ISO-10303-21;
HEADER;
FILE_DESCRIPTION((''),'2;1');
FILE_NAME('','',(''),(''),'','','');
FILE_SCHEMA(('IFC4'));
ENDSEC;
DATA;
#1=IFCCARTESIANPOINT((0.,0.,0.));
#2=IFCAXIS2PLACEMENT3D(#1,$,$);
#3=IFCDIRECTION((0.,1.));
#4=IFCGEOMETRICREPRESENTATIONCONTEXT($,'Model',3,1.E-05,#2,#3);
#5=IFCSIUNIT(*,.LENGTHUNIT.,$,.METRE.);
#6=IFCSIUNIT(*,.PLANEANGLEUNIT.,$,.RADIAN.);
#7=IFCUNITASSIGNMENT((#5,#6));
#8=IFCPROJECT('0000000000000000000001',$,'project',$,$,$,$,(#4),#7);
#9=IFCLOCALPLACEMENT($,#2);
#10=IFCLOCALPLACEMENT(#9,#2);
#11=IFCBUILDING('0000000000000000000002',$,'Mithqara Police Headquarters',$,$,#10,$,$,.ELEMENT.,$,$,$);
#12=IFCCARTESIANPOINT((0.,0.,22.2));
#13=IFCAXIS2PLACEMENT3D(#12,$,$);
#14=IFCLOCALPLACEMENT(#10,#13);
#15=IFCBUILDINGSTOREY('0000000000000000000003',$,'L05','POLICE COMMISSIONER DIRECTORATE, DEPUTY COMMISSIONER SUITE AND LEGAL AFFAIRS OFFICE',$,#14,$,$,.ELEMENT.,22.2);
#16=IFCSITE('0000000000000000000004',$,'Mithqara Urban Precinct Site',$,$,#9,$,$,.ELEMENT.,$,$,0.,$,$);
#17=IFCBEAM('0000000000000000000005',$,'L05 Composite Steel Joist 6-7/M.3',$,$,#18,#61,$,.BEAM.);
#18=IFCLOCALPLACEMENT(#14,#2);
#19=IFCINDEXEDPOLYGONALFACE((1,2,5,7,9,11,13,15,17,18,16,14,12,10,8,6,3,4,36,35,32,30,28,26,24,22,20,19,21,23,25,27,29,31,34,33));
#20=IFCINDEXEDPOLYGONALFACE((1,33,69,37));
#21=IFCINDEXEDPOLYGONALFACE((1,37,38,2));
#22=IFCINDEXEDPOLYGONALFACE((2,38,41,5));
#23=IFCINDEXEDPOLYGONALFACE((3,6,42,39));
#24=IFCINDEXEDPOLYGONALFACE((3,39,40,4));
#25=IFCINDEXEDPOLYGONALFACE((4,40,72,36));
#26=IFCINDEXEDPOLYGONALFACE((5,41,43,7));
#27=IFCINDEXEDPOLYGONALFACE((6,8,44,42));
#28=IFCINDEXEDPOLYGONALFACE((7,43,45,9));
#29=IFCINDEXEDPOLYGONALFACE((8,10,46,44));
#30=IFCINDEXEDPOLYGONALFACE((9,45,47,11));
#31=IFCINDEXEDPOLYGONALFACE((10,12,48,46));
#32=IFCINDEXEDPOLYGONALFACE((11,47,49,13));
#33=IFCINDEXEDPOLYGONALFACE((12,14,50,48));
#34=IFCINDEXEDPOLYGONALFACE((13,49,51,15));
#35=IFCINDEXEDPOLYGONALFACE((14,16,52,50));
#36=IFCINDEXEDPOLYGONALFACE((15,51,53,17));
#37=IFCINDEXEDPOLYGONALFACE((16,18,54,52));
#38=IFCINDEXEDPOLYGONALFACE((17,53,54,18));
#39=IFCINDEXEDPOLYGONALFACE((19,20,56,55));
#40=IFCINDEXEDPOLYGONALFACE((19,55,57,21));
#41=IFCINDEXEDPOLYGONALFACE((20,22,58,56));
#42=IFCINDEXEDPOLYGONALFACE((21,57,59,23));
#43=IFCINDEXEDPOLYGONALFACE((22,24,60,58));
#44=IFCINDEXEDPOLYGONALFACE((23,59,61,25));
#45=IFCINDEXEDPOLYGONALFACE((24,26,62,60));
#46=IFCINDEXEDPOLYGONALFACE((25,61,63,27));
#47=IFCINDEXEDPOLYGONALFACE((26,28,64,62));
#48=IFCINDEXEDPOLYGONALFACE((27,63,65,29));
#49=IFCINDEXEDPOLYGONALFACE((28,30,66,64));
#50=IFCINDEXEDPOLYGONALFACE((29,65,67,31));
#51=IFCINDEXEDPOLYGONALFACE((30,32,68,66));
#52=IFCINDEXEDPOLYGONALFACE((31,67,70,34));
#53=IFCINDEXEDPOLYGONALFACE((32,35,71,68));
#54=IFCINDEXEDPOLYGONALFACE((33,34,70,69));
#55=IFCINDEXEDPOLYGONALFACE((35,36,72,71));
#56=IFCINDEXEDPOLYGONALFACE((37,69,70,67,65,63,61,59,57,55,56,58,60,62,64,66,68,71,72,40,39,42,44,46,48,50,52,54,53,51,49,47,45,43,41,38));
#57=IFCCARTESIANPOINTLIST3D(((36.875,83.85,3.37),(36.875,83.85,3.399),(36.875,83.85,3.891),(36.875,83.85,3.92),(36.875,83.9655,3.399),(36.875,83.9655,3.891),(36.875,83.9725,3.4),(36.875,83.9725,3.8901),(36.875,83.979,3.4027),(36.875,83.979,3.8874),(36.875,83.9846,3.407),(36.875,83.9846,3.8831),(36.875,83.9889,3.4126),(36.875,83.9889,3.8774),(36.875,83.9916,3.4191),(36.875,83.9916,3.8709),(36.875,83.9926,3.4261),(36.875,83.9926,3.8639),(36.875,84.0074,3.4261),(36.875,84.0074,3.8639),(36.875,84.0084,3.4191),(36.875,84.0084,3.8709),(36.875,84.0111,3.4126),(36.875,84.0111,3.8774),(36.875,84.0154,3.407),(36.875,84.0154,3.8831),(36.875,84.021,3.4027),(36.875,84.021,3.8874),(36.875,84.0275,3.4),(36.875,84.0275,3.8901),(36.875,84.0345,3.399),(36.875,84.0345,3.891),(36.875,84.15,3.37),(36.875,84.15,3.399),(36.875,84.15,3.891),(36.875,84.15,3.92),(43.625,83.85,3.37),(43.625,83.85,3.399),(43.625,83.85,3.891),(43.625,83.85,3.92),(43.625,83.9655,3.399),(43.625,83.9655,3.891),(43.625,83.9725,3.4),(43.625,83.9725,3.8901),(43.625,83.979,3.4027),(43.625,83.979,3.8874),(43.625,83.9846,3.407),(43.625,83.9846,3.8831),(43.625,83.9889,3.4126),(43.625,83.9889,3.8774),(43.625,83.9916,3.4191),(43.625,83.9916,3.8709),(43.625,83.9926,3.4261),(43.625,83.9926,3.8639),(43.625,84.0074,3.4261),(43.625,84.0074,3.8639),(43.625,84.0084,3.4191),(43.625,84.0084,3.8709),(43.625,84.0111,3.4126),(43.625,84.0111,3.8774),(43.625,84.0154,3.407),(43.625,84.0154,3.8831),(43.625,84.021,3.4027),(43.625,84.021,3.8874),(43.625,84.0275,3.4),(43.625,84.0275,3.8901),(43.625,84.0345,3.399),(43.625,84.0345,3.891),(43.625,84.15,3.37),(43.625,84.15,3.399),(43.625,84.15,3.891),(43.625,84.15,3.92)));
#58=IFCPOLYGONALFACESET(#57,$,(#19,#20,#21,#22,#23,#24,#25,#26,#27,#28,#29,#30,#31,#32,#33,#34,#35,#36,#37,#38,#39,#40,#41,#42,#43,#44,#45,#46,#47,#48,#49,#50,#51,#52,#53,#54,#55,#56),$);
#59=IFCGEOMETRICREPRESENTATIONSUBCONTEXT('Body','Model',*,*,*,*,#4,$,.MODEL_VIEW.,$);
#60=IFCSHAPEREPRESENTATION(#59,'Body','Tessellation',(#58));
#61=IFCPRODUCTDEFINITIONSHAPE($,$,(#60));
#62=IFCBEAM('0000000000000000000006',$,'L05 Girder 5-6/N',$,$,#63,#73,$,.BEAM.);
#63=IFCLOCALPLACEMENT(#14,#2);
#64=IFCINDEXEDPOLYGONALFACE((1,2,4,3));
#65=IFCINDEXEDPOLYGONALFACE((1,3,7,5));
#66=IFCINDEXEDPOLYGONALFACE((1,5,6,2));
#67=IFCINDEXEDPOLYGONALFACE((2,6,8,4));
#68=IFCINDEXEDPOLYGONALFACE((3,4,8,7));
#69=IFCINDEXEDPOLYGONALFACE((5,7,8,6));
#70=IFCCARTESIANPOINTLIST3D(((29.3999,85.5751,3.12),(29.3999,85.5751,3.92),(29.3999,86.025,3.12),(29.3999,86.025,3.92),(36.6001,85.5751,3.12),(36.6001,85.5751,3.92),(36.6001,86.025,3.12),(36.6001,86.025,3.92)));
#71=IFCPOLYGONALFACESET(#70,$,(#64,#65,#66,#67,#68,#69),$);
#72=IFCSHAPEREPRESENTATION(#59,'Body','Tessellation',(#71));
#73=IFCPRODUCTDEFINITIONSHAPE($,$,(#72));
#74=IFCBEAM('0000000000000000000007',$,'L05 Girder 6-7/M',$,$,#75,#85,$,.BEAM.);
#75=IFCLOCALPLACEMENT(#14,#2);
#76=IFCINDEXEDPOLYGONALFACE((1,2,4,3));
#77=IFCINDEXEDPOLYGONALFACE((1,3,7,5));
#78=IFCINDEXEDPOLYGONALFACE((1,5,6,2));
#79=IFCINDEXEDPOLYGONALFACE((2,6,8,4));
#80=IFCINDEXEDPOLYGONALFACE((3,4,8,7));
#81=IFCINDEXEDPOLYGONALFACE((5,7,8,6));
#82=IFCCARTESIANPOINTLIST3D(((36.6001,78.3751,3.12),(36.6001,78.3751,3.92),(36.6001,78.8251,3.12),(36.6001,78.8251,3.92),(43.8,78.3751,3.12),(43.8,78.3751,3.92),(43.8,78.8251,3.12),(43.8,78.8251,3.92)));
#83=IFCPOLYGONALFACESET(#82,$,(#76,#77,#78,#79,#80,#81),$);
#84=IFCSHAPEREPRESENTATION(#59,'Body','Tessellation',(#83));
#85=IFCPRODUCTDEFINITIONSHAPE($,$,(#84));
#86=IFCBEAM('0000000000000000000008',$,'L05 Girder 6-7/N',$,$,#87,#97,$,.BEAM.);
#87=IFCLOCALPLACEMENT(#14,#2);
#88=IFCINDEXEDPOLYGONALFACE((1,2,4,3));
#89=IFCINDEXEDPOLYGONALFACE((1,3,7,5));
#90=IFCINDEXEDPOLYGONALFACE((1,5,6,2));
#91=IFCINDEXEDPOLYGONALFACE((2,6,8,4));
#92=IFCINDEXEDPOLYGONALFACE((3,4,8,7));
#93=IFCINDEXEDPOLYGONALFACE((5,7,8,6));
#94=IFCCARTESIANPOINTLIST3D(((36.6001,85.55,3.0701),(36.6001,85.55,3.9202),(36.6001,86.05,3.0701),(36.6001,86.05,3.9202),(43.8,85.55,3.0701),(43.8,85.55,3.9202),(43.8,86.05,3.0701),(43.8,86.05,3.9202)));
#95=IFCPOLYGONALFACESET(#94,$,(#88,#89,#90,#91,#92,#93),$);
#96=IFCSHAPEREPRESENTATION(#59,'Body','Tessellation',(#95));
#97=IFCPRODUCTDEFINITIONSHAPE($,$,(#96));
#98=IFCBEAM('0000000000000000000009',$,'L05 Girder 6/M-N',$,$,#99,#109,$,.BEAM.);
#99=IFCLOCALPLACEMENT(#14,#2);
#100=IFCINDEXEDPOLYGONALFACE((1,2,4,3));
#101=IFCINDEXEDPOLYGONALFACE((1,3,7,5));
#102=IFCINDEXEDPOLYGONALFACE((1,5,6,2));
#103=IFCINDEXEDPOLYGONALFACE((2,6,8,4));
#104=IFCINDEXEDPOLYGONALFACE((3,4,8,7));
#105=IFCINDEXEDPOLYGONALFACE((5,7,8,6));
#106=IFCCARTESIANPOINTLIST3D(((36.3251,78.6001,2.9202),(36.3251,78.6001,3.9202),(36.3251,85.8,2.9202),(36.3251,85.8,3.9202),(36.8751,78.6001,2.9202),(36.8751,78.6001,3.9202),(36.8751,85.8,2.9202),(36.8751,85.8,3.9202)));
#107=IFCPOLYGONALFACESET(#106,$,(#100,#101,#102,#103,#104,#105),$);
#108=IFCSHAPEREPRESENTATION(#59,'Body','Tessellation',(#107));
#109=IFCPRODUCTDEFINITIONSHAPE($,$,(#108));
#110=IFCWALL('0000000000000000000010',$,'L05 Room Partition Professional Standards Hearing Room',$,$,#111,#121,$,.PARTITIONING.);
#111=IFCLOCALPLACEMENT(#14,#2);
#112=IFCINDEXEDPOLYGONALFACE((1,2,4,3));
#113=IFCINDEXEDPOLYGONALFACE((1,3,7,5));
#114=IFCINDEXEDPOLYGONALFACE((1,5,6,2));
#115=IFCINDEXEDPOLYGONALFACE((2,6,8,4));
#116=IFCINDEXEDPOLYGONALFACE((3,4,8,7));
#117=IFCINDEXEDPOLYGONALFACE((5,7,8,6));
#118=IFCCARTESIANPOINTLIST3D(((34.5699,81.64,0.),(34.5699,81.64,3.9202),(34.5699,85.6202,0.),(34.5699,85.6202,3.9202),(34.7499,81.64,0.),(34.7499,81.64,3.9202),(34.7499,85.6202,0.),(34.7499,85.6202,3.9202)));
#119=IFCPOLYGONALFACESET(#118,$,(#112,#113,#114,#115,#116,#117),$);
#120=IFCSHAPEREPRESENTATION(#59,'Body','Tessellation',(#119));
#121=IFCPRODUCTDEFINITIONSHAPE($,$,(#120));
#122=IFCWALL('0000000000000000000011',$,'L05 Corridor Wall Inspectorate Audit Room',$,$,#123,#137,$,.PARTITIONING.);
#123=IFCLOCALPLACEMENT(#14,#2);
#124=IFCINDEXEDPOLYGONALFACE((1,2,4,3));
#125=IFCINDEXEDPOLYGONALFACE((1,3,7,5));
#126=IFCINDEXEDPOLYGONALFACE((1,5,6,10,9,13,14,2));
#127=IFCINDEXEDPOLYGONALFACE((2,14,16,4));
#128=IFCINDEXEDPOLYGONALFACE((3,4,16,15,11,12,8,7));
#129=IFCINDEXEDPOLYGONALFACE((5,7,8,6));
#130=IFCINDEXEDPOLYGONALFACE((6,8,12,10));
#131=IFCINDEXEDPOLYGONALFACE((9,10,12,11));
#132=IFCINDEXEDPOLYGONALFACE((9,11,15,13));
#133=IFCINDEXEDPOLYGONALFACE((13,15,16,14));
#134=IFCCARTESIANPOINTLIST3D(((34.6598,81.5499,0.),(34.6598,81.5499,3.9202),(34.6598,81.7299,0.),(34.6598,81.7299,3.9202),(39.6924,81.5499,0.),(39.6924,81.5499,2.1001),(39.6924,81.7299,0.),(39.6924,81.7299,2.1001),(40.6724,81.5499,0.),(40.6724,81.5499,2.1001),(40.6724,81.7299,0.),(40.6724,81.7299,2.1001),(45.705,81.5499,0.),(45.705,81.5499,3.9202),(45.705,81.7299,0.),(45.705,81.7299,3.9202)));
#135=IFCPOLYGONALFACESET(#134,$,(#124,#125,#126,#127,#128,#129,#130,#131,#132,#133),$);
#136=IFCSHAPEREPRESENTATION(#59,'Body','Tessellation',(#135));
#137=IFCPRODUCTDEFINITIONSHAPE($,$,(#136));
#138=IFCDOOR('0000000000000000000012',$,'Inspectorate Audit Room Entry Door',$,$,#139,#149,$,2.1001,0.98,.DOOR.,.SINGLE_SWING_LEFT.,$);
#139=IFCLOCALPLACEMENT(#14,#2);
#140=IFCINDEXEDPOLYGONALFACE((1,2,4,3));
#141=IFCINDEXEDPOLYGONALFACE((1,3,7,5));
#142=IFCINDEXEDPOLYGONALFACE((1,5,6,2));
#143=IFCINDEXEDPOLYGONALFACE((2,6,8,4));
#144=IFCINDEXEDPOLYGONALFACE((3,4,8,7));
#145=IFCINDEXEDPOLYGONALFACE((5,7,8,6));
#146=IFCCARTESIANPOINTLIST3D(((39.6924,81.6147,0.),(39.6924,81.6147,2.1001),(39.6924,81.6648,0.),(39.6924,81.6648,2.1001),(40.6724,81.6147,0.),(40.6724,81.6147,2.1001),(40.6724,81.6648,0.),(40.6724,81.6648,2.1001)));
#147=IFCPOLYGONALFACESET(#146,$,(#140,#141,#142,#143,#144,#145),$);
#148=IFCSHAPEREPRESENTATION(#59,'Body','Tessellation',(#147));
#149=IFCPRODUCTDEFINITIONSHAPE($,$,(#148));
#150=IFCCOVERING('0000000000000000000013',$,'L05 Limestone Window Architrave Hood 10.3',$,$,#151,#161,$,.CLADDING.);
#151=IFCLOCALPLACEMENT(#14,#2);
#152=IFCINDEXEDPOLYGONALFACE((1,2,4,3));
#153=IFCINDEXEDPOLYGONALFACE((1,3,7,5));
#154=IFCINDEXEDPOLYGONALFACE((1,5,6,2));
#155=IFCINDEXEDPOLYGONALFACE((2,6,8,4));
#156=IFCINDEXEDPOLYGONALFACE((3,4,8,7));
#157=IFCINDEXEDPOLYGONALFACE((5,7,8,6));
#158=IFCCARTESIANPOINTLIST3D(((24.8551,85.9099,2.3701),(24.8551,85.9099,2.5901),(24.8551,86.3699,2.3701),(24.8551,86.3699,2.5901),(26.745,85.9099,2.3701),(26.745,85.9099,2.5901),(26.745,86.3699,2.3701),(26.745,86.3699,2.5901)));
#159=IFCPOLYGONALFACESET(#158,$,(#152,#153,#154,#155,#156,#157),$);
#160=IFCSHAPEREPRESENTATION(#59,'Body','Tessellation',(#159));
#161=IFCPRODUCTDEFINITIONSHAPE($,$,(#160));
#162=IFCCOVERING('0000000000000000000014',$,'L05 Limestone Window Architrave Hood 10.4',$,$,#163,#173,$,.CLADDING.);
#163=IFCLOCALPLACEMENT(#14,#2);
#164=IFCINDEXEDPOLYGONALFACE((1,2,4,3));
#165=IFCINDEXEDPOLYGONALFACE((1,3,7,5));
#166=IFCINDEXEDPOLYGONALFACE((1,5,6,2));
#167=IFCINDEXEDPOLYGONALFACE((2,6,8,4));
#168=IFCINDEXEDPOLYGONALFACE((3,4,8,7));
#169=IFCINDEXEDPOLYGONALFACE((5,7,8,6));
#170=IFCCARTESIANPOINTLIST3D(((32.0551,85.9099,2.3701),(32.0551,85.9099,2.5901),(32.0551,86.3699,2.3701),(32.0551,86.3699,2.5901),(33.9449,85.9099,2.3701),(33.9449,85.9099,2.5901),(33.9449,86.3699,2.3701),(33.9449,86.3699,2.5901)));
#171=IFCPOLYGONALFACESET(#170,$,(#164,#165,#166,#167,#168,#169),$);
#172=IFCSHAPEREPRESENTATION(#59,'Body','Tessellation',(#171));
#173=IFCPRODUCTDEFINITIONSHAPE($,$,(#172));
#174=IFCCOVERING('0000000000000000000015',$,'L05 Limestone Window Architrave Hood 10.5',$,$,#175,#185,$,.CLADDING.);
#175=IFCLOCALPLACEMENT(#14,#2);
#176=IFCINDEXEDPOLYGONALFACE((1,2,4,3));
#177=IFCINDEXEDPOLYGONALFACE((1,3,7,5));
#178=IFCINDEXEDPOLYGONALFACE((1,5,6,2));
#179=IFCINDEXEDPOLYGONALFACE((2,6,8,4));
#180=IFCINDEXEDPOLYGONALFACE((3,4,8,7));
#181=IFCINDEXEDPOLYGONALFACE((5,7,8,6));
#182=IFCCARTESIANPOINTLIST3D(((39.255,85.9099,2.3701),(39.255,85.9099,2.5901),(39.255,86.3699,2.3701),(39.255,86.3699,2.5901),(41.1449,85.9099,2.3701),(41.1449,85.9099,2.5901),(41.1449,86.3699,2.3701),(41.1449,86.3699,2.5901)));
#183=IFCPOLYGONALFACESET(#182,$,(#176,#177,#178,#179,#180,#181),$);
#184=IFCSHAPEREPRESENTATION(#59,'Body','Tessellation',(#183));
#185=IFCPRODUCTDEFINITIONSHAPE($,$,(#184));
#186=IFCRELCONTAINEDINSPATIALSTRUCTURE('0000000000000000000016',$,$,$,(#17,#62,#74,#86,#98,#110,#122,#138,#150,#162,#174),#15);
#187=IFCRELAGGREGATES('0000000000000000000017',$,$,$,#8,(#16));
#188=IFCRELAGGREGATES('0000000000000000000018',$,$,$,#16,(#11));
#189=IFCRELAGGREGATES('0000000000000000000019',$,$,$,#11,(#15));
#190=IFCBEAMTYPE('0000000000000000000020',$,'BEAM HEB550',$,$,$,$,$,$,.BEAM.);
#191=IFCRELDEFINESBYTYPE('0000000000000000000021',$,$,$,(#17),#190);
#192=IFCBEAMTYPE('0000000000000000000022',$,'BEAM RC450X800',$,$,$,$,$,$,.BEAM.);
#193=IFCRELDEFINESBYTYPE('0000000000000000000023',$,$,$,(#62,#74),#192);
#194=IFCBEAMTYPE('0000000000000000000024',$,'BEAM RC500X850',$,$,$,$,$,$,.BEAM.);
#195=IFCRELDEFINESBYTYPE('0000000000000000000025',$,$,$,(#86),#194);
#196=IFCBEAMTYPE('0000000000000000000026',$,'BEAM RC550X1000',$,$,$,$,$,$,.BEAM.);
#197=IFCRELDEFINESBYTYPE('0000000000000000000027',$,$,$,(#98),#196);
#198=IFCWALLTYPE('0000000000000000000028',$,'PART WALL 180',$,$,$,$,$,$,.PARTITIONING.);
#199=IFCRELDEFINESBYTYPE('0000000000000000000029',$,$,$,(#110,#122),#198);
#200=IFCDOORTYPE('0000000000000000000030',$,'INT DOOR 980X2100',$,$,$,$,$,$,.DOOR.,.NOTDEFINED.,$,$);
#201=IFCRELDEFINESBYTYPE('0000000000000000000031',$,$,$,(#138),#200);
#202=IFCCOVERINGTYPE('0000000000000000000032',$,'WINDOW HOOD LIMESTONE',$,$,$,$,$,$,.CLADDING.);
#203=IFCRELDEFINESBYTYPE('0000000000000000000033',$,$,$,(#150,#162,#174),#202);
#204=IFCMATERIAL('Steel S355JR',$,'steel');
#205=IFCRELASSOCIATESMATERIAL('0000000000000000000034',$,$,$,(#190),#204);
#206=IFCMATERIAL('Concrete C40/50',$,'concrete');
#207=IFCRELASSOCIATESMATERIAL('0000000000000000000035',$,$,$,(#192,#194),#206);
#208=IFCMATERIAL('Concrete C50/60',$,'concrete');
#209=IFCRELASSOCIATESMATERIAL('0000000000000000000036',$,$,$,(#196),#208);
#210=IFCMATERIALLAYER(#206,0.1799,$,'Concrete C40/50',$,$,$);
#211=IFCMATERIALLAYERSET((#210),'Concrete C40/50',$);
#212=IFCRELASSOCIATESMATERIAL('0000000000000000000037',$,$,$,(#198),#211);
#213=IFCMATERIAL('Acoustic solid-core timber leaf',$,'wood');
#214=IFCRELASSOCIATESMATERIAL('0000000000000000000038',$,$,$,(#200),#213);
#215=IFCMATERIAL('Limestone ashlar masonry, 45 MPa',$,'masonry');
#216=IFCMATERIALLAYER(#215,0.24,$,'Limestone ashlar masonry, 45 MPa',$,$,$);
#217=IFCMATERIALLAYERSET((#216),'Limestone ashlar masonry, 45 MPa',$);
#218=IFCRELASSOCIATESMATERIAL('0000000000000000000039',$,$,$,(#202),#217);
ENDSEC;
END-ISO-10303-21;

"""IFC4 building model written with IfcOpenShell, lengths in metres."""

from ifc_helpers import new_model, si_unit, direction, frame, frame_2d, origin, origin_2d, place, context, subcontext, project, spatial, rectangle, i_section, extrude, material, layer, layer_set, material_profile, profile_set, type_object, element, fill, save


model = new_model("IFC4")

# Units and contexts
model_context = context("Model", 3, precision=1e-05, world=origin(), true_north=direction((0.0, 1.0)))
body_context = subcontext(model_context, "Body", "Model", "MODEL_VIEW")
ifc_project = project(units=[si_unit("LENGTHUNIT", "METRE"), si_unit("PLANEANGLEUNIT", "RADIAN")], contexts=[model_context])

# Site, building, storey
site_placement = place(None, origin())
site = spatial("IfcSite", under=ifc_project, at=site_placement, Name="Mithqara Urban Precinct Site", CompositionType="ELEMENT", RefElevation=0.0)
building_placement = place(site_placement, origin())
building = spatial("IfcBuilding", under=site, at=building_placement, Name="Mithqara Police Headquarters", CompositionType="ELEMENT")
storey_placement = place(building_placement, frame((0.0, 0.0, 22.2)))
storey = spatial("IfcBuildingStorey", under=building, at=storey_placement, Name="L05", Description="POLICE COMMISSIONER DIRECTORATE, DEPUTY COMMISSIONER SUITE AND LEGAL AFFAIRS OFFICE", CompositionType="ELEMENT", Elevation=22.2)

# Shared definitions
ifc_material_1 = material(Name="Concrete C50/60", Category="concrete")

# Beams
ifc_material_2 = material(Name="Steel S355JR", Category="steel")
ifc_material_profile_1 = material_profile(ifc_material_2, i_section(OverallWidth=0.3, OverallDepth=0.55, WebThickness=0.0149, FlangeThickness=0.0291, FilletRadius=0.0271, at=origin_2d()), Name="HEB 550")
ifc_profile_set_1 = profile_set([ifc_material_profile_1], Name="Steel S355JR")
beam_type_1 = type_object("IfcBeamType", Name="BEAM HEB550", PredefinedType="BEAM", material=ifc_profile_set_1)
for number, where, z_axis, x_axis, name in (
    (1, (36.875, 84.0, 3.645), (1.0, 0.0, 0.0), (0.0, 1.0, 0.0), "L05 Composite Steel Joist 6-7/M.3"),
):
    element("IfcBeam", number, at=place(storey_placement, frame(where, z_axis=z_axis, x_axis=x_axis)), inside=storey, type_object=beam_type_1, Name=name, PredefinedType="BEAM", context=body_context, shape_type="SweptSolid", body=[
        extrude(i_section(OverallWidth=0.3, OverallDepth=0.55, WebThickness=0.0149, FlangeThickness=0.0291, FilletRadius=0.0271, at=origin_2d()), origin(), (0.0, 0.0, 1.0), 6.75),
    ])
ifc_material_3 = material(Name="Concrete C40/50", Category="concrete")
ifc_material_profile_2 = material_profile(ifc_material_3, rectangle(XDim=0.45, YDim=0.8, at=origin_2d()), Name="RC 450x800")
ifc_profile_set_2 = profile_set([ifc_material_profile_2], Name="Concrete C40/50")
beam_type_2 = type_object("IfcBeamType", Name="BEAM RC450X800", PredefinedType="BEAM", material=ifc_profile_set_2)
beam_1_placement = place(storey_placement, frame((29.3999, 85.8, 3.52), z_axis=(1.0, 0.0, 0.0), x_axis=(0.0, 1.0, 0.0)))
element("IfcBeam", 2, at=beam_1_placement, inside=storey, type_object=beam_type_2, Name="L05 Girder 5-6/N", PredefinedType="BEAM", context=body_context, shape_type="SweptSolid", body=[
    extrude(rectangle(XDim=0.45, YDim=0.8, at=origin_2d()), origin(), (0.0, 0.0, 1.0), 7.2002),
])
beam_2_placement = place(storey_placement, frame((36.6001, 78.6001, 3.52), z_axis=(1.0, 0.0, 0.0), x_axis=(0.0, 1.0, 0.0)))
element("IfcBeam", 3, at=beam_2_placement, inside=storey, type_object=beam_type_2, Name="L05 Girder 6-7/M", PredefinedType="BEAM", context=body_context, shape_type="SweptSolid", body=[
    extrude(rectangle(XDim=0.45, YDim=0.8, at=origin_2d()), origin(), (0.0, 0.0, 1.0), 7.2),
])
ifc_material_profile_3 = material_profile(ifc_material_3, rectangle(XDim=0.5, YDim=0.8501, at=origin_2d()), Name="RC 500x850")
ifc_profile_set_3 = profile_set([ifc_material_profile_3], Name="Concrete C40/50")
beam_type_3 = type_object("IfcBeamType", Name="BEAM RC500X850", PredefinedType="BEAM", material=ifc_profile_set_3)
beam_3_placement = place(storey_placement, frame((36.6001, 85.8, 3.4951), z_axis=(1.0, 0.0, 0.0), x_axis=(0.0, 1.0, 0.0)))
element("IfcBeam", 4, at=beam_3_placement, inside=storey, type_object=beam_type_3, Name="L05 Girder 6-7/N", PredefinedType="BEAM", context=body_context, shape_type="SweptSolid", body=[
    extrude(rectangle(XDim=0.5, YDim=0.8501, at=origin_2d()), origin(), (0.0, 0.0, 1.0), 7.2),
])
ifc_material_profile_4 = material_profile(ifc_material_1, rectangle(XDim=0.55, YDim=1.0, at=origin_2d()), Name="RC 550x1000")
ifc_profile_set_4 = profile_set([ifc_material_profile_4], Name="Concrete C50/60")
beam_type_4 = type_object("IfcBeamType", Name="BEAM RC550X1000", PredefinedType="BEAM", material=ifc_profile_set_4)
beam_4_placement = place(storey_placement, frame((36.6001, 78.6001, 3.4202), z_axis=(0.0, 1.0, 0.0), x_axis=(-1.0, 0.0, 0.0)))
element("IfcBeam", 5, at=beam_4_placement, inside=storey, type_object=beam_type_4, Name="L05 Girder 6/M-N", PredefinedType="BEAM", context=body_context, shape_type="SweptSolid", body=[
    extrude(rectangle(XDim=0.55, YDim=1.0, at=origin_2d()), origin(), (0.0, 0.0, 1.0), 7.2),
])

# Wall
ifc_layer_1 = layer(ifc_material_3, 0.1799, Name="Concrete C40/50")
ifc_layer_set_1 = layer_set([ifc_layer_1], Name="Concrete C40/50")
wall_type = type_object("IfcWallType", Name="PART WALL 180", PredefinedType="PARTITIONING", material=ifc_layer_set_1)
wall_1_placement = place(storey_placement, frame((34.6599, 81.6399, 0.0), z_axis=(0.0, 0.0, 1.0), x_axis=(0.0, 1.0, 0.0)))
element("IfcWall", 6, at=wall_1_placement, inside=storey, type_object=wall_type, Name="L05 Room Partition Professional Standards Hearing Room", PredefinedType="PARTITIONING", context=body_context, shape_type="SweptSolid", body=[
    extrude(rectangle(XDim=3.9802, YDim=0.1799, at=frame_2d((1.9902, 0.0))), origin(), (0.0, 0.0, 1.0), 3.9202),
])

# Wall, opening, door
wall_2_placement = place(storey_placement, frame((34.6599, 81.6399, 0.0), z_axis=(0.0, 0.0, 1.0), x_axis=(1.0, 0.0, 0.0)))
wall_2 = element("IfcWall", 7, at=wall_2_placement, inside=storey, type_object=wall_type, Name="L05 Corridor Wall Inspectorate Audit Room", PredefinedType="PARTITIONING", context=body_context, shape_type="SweptSolid", body=[
    extrude(rectangle(XDim=11.0452, YDim=0.1799, at=frame_2d((5.5225, 0.0))), origin(), (0.0, 0.0, 1.0), 3.9202),
])
opening_placement = place(wall_2_placement, frame((5.0325, 0.0, 0.0)))
opening = element("IfcOpeningElement", 8, at=opening_placement, cuts=wall_2, PredefinedType="OPENING", context=body_context, shape_type="SweptSolid", body=[
    extrude(rectangle(XDim=0.98, YDim=2.1001, at=frame_2d((0.49, 1.05))), frame((0.0, 0.1001, 0.0), z_axis=(0.0, -1.0, 0.0), x_axis=(1.0, 0.0, 0.0)), (0.0, 0.0, 1.0), 0.2),
])
ifc_material_4 = material(Name="Acoustic solid-core timber leaf", Category="wood")
door_type = type_object("IfcDoorType", Name="INT DOOR 980X2100", OperationType="NOTDEFINED", PredefinedType="DOOR", material=ifc_material_4)
door_placement = place(opening_placement, origin())
door = element("IfcDoor", 9, at=door_placement, inside=storey, type_object=door_type, Name="Inspectorate Audit Room Entry Door", OperationType="SINGLE_SWING_LEFT", OverallHeight=2.1001, OverallWidth=0.98, PredefinedType="DOOR", context=body_context, shape_type="SweptSolid", body=[
    extrude(rectangle(XDim=0.98, YDim=2.1001, at=frame_2d((0.49, 1.05))), frame((0.0, 0.0249, 0.0), z_axis=(0.0, -1.0, 0.0), x_axis=(1.0, 0.0, 0.0)), (0.0, 0.0, 1.0), 0.05),
])
fill(opening, door)

# Coverings
ifc_material_5 = material(Name="Limestone ashlar masonry, 45 MPa", Category="masonry")
ifc_layer_2 = layer(ifc_material_5, 0.24, Name="Limestone ashlar masonry, 45 MPa")
ifc_layer_set_2 = layer_set([ifc_layer_2], Name="Limestone ashlar masonry, 45 MPa")
covering_type = type_object("IfcCoveringType", Name="WINDOW HOOD LIMESTONE", PredefinedType="CLADDING", material=ifc_layer_set_2)
for number, where, z_axis, x_axis, name in (
    (10, (25.8, 86.1399, 2.3701), (0.0, 0.0, 1.0), (1.0, 0.0, 0.0), "L05 Limestone Window Architrave Hood 10.3"),
    (11, (33.0, 86.1399, 2.3701), (0.0, 0.0, 1.0), (1.0, 0.0, 0.0), "L05 Limestone Window Architrave Hood 10.4"),
    (12, (40.2, 86.1399, 2.3701), (0.0, 0.0, 1.0), (1.0, 0.0, 0.0), "L05 Limestone Window Architrave Hood 10.5"),
):
    element("IfcCovering", number, at=place(storey_placement, frame(where, z_axis=z_axis, x_axis=x_axis)), inside=storey, type_object=covering_type, Name=name, PredefinedType="CLADDING", context=body_context, shape_type="SweptSolid", body=[
        extrude(rectangle(XDim=1.8899, YDim=0.46, at=origin_2d()), origin(), (0.0, 0.0, 1.0), 0.22),
    ])

save(model, "model.ifc")
